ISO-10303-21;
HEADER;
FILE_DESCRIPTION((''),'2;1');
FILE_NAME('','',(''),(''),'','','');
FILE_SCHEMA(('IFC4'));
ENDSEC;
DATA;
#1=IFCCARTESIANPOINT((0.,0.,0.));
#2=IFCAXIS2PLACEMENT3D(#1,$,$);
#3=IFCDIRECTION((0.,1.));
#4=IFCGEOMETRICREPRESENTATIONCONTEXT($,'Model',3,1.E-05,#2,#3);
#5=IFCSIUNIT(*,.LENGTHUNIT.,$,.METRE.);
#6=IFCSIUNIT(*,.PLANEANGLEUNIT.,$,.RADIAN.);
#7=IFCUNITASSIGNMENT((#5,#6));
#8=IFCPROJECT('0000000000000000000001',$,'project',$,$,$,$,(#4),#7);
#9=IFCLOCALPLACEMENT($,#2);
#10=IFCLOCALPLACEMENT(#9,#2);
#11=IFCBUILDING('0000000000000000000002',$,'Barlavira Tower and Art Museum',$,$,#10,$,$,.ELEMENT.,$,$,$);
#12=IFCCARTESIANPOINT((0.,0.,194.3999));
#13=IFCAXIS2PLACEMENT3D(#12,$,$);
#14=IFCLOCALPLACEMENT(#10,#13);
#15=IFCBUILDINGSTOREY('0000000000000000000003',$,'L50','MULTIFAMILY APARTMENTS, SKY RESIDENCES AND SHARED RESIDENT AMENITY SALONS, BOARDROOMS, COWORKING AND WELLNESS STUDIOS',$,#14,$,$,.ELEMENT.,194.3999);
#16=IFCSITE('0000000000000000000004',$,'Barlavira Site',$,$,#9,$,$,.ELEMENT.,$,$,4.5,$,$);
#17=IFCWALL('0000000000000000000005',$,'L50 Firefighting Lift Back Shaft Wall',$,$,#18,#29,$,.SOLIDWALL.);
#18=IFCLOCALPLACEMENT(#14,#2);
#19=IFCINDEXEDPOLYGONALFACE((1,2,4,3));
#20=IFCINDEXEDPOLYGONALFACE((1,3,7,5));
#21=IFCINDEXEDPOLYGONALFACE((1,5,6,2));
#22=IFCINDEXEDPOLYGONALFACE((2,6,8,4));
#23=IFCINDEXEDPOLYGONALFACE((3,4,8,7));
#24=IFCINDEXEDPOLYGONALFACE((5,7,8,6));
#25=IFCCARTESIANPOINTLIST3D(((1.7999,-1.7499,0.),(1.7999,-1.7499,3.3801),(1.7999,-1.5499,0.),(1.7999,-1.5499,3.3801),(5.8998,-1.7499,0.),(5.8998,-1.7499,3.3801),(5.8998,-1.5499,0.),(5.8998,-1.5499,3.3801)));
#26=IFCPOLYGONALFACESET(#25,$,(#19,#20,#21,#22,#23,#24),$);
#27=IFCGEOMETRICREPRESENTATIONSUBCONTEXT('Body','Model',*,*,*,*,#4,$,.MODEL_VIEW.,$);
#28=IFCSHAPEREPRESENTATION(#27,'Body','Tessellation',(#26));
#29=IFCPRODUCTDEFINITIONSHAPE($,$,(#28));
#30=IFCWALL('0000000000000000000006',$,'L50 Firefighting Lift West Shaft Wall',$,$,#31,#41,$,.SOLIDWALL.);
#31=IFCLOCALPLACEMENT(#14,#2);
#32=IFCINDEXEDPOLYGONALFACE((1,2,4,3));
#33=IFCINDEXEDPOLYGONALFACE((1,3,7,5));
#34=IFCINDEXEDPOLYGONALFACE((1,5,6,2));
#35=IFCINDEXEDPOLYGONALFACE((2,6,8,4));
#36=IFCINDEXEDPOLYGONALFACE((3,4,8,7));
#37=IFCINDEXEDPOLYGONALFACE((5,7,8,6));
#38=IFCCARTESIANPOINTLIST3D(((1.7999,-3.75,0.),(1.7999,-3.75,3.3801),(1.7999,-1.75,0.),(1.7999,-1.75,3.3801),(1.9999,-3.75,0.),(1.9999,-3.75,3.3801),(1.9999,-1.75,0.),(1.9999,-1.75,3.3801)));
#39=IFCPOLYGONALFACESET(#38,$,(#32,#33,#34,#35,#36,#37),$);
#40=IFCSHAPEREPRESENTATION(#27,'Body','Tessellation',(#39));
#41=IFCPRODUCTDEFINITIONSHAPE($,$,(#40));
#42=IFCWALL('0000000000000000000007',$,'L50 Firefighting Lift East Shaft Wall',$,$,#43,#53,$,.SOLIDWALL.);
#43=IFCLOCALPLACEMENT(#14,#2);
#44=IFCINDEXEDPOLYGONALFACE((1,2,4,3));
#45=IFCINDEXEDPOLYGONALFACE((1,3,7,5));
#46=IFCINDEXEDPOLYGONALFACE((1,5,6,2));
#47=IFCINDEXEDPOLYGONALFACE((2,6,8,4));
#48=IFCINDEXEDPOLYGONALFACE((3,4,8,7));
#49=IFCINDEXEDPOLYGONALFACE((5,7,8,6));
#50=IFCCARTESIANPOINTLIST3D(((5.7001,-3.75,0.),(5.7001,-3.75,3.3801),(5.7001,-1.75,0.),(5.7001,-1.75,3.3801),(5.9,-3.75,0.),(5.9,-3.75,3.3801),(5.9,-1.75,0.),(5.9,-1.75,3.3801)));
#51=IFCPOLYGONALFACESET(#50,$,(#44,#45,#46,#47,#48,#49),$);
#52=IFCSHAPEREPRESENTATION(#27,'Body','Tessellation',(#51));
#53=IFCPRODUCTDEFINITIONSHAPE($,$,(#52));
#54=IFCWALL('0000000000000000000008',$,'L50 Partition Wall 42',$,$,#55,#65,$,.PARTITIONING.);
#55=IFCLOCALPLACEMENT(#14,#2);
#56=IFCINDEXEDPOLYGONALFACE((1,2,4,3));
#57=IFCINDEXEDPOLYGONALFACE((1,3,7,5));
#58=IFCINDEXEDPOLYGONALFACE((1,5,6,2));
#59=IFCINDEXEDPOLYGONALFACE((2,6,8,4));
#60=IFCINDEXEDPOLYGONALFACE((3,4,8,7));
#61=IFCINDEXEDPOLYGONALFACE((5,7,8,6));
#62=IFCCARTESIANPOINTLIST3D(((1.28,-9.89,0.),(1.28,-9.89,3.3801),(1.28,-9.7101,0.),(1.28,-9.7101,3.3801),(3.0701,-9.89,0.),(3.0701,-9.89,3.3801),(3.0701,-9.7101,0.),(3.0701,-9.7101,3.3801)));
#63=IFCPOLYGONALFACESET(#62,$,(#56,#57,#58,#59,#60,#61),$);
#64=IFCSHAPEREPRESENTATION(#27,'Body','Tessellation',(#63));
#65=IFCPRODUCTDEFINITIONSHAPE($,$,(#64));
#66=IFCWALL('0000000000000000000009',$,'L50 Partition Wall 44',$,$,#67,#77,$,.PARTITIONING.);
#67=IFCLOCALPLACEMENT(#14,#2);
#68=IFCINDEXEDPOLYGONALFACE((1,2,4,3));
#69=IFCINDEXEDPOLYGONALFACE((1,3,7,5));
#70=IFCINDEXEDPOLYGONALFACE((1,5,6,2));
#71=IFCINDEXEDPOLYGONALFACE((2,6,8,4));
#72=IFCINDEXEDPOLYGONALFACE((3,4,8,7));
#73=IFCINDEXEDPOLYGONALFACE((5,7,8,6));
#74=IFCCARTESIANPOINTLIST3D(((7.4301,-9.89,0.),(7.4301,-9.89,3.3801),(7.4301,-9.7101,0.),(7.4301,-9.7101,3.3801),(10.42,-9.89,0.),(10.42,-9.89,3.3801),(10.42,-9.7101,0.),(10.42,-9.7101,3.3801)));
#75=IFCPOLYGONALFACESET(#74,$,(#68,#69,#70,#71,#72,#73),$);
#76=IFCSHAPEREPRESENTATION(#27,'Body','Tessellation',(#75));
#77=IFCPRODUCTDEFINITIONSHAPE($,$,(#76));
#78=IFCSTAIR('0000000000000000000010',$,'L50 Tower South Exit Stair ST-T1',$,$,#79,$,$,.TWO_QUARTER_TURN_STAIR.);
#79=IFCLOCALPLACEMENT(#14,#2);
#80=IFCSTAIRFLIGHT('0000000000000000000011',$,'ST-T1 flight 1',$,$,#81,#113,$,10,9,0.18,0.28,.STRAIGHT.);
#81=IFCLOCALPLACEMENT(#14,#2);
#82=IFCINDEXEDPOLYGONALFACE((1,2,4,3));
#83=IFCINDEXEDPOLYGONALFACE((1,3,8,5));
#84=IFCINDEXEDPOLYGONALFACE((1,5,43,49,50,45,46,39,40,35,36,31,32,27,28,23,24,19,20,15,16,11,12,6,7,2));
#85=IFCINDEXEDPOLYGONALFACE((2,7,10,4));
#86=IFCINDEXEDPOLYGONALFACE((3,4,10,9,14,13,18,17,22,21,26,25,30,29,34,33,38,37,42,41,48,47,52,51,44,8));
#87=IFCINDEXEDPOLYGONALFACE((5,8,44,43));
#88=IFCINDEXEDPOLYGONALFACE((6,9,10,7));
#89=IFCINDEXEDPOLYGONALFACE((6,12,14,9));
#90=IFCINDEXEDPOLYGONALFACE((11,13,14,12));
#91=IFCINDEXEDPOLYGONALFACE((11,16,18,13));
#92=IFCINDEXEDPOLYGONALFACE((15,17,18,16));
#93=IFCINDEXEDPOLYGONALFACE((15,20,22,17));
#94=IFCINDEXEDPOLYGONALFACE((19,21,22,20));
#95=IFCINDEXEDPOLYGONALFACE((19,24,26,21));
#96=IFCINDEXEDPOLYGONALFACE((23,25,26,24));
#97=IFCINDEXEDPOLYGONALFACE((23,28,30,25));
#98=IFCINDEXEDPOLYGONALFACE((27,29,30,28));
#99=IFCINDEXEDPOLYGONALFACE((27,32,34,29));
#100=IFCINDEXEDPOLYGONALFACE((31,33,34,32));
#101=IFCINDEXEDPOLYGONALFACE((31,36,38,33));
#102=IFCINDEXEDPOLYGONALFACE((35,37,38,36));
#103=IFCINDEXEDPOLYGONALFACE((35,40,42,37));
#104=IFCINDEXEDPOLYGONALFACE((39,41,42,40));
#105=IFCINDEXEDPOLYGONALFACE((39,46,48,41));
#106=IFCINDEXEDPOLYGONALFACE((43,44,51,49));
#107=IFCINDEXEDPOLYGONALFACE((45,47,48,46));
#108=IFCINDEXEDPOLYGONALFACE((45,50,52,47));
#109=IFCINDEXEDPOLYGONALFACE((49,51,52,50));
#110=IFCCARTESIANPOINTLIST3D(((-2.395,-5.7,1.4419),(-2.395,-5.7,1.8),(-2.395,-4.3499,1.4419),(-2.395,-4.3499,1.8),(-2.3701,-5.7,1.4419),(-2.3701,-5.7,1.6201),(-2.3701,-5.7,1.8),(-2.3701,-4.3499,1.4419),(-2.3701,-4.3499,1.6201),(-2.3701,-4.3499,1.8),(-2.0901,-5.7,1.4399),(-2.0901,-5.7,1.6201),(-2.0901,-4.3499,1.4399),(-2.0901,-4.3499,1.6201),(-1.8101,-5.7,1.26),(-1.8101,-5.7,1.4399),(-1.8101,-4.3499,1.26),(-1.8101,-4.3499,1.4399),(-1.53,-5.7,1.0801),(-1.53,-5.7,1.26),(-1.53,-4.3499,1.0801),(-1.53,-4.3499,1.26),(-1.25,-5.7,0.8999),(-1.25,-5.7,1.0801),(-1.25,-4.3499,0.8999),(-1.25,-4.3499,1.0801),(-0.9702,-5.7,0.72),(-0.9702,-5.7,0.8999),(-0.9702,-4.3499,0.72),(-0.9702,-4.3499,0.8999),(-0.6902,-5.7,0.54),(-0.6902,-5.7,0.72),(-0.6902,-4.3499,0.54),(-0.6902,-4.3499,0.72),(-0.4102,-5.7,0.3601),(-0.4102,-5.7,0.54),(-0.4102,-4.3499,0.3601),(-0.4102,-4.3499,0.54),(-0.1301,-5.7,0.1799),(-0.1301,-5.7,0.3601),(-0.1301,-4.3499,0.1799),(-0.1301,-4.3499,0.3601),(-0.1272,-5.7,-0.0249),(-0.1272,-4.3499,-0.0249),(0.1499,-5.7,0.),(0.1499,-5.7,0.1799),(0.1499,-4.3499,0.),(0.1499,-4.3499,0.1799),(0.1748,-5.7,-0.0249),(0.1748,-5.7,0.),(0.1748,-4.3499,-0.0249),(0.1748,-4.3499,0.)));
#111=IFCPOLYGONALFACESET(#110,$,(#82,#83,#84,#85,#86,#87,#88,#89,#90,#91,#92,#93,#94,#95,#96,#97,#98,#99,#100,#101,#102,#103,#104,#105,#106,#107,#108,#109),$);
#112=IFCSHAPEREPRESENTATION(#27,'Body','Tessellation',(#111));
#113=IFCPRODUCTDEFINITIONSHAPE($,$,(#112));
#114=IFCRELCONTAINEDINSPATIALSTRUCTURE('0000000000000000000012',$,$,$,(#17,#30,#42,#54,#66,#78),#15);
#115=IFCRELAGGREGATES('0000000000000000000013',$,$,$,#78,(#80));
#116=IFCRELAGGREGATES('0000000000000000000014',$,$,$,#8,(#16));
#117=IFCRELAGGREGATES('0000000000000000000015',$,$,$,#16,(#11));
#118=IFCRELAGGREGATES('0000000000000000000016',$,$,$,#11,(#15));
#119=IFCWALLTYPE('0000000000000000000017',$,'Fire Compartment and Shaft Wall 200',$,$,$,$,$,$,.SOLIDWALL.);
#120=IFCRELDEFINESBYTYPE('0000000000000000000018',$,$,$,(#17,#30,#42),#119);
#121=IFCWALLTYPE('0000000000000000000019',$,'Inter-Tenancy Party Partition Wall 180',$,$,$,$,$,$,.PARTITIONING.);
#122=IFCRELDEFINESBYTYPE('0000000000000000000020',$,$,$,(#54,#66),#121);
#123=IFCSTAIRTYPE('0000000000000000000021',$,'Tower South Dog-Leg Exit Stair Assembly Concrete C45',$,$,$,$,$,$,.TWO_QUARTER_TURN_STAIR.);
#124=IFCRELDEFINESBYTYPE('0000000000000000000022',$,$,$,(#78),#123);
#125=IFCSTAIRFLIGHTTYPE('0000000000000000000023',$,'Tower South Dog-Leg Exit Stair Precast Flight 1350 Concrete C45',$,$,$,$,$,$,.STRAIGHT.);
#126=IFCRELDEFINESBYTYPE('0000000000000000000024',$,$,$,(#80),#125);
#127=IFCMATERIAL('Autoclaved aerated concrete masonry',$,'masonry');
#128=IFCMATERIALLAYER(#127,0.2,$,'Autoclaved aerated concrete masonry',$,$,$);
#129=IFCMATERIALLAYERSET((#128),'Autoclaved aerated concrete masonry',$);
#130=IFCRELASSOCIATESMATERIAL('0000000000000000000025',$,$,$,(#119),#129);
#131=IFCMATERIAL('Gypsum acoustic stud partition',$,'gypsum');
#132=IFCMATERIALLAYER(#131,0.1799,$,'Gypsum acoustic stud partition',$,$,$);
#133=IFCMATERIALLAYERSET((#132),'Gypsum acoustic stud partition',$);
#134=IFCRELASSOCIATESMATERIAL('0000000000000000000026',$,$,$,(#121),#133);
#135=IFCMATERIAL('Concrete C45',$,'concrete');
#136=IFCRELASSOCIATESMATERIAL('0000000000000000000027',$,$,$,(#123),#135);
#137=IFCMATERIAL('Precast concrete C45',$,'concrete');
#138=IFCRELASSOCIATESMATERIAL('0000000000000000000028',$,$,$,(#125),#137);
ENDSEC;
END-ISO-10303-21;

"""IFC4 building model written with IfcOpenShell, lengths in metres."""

from ifc_helpers import new_model, si_unit, direction, frame, frame_2d, origin, place, context, subcontext, project, spatial, polyline, rectangle, outline, extrude, material, layer, layer_set, type_object, element, aggregate, save


model = new_model("IFC4")

# Units and contexts
model_context = context("Model", 3, precision=1e-05, world=origin(), true_north=direction((0.0, 1.0)))
body_context = subcontext(model_context, "Body", "Model", "MODEL_VIEW")
ifc_project = project(units=[si_unit("LENGTHUNIT", "METRE"), si_unit("PLANEANGLEUNIT", "RADIAN")], contexts=[model_context])

# Site, building, storey
site_placement = place(None, origin())
site = spatial("IfcSite", under=ifc_project, at=site_placement, Name="Barlavira Site", CompositionType="ELEMENT", RefElevation=4.5)
building_placement = place(site_placement, origin())
building = spatial("IfcBuilding", under=site, at=building_placement, Name="Barlavira Tower and Art Museum", CompositionType="ELEMENT")
storey_placement = place(building_placement, frame((0.0, 0.0, 194.3999)))
storey = spatial("IfcBuildingStorey", under=building, at=storey_placement, Name="L50", Description="MULTIFAMILY APARTMENTS, SKY RESIDENCES AND SHARED RESIDENT AMENITY SALONS, BOARDROOMS, COWORKING AND WELLNESS STUDIOS", CompositionType="ELEMENT", Elevation=194.3999)

# Shared definitions
ifc_material_1 = material(Name="Autoclaved aerated concrete masonry", Category="masonry")
ifc_layer_1 = layer(ifc_material_1, 0.2, Name="Autoclaved aerated concrete masonry")
ifc_layer_set_1 = layer_set([ifc_layer_1], Name="Autoclaved aerated concrete masonry")
wall_type_1 = type_object("IfcWallType", Name="Fire Compartment and Shaft Wall 200", PredefinedType="SOLIDWALL", material=ifc_layer_set_1)

# Walls
wall_1_placement = place(storey_placement, frame((1.8, -1.6499, 0.0), z_axis=(0.0, 0.0, 1.0), x_axis=(1.0, 0.0, 0.0)))
element("IfcWall", 1, at=wall_1_placement, inside=storey, type_object=wall_type_1, Name="L50 Firefighting Lift Back Shaft Wall", PredefinedType="SOLIDWALL", context=body_context, shape_type="SweptSolid", body=[
    extrude(rectangle(XDim=4.0999, YDim=0.2, at=frame_2d((2.0498, 0.0))), origin(), (0.0, 0.0, 1.0), 3.3801),
])
for number, where, z_axis, x_axis, name in (
    (2, (1.8999, -3.75, 0.0), (0.0, 0.0, 1.0), (0.0, 1.0, 0.0), "L50 Firefighting Lift West Shaft Wall"),
    (3, (5.8, -3.75, 0.0), (0.0, 0.0, 1.0), (0.0, 1.0, 0.0), "L50 Firefighting Lift East Shaft Wall"),
):
    element("IfcWall", number, at=place(storey_placement, frame(where, z_axis=z_axis, x_axis=x_axis)), inside=storey, type_object=wall_type_1, Name=name, PredefinedType="SOLIDWALL", context=body_context, shape_type="SweptSolid", body=[
        extrude(rectangle(XDim=2.0, YDim=0.2, at=frame_2d((1.0, 0.0))), origin(), (0.0, 0.0, 1.0), 3.3801),
    ])
ifc_material_2 = material(Name="Gypsum acoustic stud partition", Category="gypsum")
ifc_layer_2 = layer(ifc_material_2, 0.1799, Name="Gypsum acoustic stud partition")
ifc_layer_set_2 = layer_set([ifc_layer_2], Name="Gypsum acoustic stud partition")
wall_type_2 = type_object("IfcWallType", Name="Inter-Tenancy Party Partition Wall 180", PredefinedType="PARTITIONING", material=ifc_layer_set_2)
wall_2_placement = place(storey_placement, frame((1.28, -9.8, 0.0), z_axis=(0.0, 0.0, 1.0), x_axis=(1.0, 0.0, 0.0)))
element("IfcWall", 4, at=wall_2_placement, inside=storey, type_object=wall_type_2, Name="L50 Partition Wall 42", PredefinedType="PARTITIONING", context=body_context, shape_type="SweptSolid", body=[
    extrude(rectangle(XDim=1.79, YDim=0.1799, at=frame_2d((0.895, 0.0))), origin(), (0.0, 0.0, 1.0), 3.3801),
])

# Wall
wall_3_placement = place(storey_placement, frame((7.4299, -9.8, 0.0), z_axis=(0.0, 0.0, 1.0), x_axis=(1.0, 0.0, 0.0)))
element("IfcWall", 5, at=wall_3_placement, inside=storey, type_object=wall_type_2, Name="L50 Partition Wall 44", PredefinedType="PARTITIONING", context=body_context, shape_type="SweptSolid", body=[
    extrude(rectangle(XDim=2.99, YDim=0.1799, at=frame_2d((1.4951, 0.0))), origin(), (0.0, 0.0, 1.0), 3.3801),
])

# Stair, stair flight
ifc_material_3 = material(Name="Concrete C45", Category="concrete")
stair_type = type_object("IfcStairType", Name="Tower South Dog-Leg Exit Stair Assembly Concrete C45", PredefinedType="TWO_QUARTER_TURN_STAIR", material=ifc_material_3)
stair_placement = place(storey_placement, origin())
stair = element("IfcStair", 6, at=stair_placement, inside=storey, type_object=stair_type, Name="L50 Tower South Exit Stair ST-T1", PredefinedType="TWO_QUARTER_TURN_STAIR")
ifc_material_4 = material(Name="Precast concrete C45", Category="concrete")
stair_flight_type = type_object("IfcStairFlightType", Name="Tower South Dog-Leg Exit Stair Precast Flight 1350 Concrete C45", PredefinedType="STRAIGHT", material=ifc_material_4)
stair_flight_placement = place(storey_placement, frame((0.1499, -5.0249, 0.0), z_axis=(0.0, 0.0, 1.0), x_axis=(-1.0, 0.0, 0.0)))
stair_flight = element("IfcStairFlight", 7, at=stair_flight_placement, type_object=stair_flight_type, Name="ST-T1 flight 1", NumberOfRisers=10, NumberOfTreads=9, PredefinedType="STRAIGHT", RiserHeight=0.18, TreadLength=0.28, context=body_context, shape_type="SweptSolid", body=[
    extrude(outline(polyline([(-0.0249, 0.0), (0.0, 0.0), (0.0, 0.1799), (0.28, 0.1799), (0.28, 0.3601), (0.5601, 0.3601), (0.5601, 0.54), (0.8401, 0.54), (0.8401, 0.72), (1.1201, 0.72), (1.1201, 0.8999), (1.3999, 0.8999), (1.3999, 1.0801), (1.6799, 1.0801), (1.6799, 1.26), (1.96, 1.26), (1.96, 1.4399), (2.24, 1.4399), (2.24, 1.6201), (2.52, 1.6201), (2.52, 1.8), (2.5449, 1.8), (2.5449, 1.4419), (2.52, 1.4419), (0.2771, -0.0249), (-0.0249, -0.0249), (-0.0249, 0.0)])), frame((0.0, 0.675, 0.0), z_axis=(0.0, -1.0, 0.0), x_axis=(1.0, 0.0, 0.0)), (0.0, 0.0, 1.0), 1.3501),
])
aggregate(stair, [stair_flight])

save(model, "model.ifc")
